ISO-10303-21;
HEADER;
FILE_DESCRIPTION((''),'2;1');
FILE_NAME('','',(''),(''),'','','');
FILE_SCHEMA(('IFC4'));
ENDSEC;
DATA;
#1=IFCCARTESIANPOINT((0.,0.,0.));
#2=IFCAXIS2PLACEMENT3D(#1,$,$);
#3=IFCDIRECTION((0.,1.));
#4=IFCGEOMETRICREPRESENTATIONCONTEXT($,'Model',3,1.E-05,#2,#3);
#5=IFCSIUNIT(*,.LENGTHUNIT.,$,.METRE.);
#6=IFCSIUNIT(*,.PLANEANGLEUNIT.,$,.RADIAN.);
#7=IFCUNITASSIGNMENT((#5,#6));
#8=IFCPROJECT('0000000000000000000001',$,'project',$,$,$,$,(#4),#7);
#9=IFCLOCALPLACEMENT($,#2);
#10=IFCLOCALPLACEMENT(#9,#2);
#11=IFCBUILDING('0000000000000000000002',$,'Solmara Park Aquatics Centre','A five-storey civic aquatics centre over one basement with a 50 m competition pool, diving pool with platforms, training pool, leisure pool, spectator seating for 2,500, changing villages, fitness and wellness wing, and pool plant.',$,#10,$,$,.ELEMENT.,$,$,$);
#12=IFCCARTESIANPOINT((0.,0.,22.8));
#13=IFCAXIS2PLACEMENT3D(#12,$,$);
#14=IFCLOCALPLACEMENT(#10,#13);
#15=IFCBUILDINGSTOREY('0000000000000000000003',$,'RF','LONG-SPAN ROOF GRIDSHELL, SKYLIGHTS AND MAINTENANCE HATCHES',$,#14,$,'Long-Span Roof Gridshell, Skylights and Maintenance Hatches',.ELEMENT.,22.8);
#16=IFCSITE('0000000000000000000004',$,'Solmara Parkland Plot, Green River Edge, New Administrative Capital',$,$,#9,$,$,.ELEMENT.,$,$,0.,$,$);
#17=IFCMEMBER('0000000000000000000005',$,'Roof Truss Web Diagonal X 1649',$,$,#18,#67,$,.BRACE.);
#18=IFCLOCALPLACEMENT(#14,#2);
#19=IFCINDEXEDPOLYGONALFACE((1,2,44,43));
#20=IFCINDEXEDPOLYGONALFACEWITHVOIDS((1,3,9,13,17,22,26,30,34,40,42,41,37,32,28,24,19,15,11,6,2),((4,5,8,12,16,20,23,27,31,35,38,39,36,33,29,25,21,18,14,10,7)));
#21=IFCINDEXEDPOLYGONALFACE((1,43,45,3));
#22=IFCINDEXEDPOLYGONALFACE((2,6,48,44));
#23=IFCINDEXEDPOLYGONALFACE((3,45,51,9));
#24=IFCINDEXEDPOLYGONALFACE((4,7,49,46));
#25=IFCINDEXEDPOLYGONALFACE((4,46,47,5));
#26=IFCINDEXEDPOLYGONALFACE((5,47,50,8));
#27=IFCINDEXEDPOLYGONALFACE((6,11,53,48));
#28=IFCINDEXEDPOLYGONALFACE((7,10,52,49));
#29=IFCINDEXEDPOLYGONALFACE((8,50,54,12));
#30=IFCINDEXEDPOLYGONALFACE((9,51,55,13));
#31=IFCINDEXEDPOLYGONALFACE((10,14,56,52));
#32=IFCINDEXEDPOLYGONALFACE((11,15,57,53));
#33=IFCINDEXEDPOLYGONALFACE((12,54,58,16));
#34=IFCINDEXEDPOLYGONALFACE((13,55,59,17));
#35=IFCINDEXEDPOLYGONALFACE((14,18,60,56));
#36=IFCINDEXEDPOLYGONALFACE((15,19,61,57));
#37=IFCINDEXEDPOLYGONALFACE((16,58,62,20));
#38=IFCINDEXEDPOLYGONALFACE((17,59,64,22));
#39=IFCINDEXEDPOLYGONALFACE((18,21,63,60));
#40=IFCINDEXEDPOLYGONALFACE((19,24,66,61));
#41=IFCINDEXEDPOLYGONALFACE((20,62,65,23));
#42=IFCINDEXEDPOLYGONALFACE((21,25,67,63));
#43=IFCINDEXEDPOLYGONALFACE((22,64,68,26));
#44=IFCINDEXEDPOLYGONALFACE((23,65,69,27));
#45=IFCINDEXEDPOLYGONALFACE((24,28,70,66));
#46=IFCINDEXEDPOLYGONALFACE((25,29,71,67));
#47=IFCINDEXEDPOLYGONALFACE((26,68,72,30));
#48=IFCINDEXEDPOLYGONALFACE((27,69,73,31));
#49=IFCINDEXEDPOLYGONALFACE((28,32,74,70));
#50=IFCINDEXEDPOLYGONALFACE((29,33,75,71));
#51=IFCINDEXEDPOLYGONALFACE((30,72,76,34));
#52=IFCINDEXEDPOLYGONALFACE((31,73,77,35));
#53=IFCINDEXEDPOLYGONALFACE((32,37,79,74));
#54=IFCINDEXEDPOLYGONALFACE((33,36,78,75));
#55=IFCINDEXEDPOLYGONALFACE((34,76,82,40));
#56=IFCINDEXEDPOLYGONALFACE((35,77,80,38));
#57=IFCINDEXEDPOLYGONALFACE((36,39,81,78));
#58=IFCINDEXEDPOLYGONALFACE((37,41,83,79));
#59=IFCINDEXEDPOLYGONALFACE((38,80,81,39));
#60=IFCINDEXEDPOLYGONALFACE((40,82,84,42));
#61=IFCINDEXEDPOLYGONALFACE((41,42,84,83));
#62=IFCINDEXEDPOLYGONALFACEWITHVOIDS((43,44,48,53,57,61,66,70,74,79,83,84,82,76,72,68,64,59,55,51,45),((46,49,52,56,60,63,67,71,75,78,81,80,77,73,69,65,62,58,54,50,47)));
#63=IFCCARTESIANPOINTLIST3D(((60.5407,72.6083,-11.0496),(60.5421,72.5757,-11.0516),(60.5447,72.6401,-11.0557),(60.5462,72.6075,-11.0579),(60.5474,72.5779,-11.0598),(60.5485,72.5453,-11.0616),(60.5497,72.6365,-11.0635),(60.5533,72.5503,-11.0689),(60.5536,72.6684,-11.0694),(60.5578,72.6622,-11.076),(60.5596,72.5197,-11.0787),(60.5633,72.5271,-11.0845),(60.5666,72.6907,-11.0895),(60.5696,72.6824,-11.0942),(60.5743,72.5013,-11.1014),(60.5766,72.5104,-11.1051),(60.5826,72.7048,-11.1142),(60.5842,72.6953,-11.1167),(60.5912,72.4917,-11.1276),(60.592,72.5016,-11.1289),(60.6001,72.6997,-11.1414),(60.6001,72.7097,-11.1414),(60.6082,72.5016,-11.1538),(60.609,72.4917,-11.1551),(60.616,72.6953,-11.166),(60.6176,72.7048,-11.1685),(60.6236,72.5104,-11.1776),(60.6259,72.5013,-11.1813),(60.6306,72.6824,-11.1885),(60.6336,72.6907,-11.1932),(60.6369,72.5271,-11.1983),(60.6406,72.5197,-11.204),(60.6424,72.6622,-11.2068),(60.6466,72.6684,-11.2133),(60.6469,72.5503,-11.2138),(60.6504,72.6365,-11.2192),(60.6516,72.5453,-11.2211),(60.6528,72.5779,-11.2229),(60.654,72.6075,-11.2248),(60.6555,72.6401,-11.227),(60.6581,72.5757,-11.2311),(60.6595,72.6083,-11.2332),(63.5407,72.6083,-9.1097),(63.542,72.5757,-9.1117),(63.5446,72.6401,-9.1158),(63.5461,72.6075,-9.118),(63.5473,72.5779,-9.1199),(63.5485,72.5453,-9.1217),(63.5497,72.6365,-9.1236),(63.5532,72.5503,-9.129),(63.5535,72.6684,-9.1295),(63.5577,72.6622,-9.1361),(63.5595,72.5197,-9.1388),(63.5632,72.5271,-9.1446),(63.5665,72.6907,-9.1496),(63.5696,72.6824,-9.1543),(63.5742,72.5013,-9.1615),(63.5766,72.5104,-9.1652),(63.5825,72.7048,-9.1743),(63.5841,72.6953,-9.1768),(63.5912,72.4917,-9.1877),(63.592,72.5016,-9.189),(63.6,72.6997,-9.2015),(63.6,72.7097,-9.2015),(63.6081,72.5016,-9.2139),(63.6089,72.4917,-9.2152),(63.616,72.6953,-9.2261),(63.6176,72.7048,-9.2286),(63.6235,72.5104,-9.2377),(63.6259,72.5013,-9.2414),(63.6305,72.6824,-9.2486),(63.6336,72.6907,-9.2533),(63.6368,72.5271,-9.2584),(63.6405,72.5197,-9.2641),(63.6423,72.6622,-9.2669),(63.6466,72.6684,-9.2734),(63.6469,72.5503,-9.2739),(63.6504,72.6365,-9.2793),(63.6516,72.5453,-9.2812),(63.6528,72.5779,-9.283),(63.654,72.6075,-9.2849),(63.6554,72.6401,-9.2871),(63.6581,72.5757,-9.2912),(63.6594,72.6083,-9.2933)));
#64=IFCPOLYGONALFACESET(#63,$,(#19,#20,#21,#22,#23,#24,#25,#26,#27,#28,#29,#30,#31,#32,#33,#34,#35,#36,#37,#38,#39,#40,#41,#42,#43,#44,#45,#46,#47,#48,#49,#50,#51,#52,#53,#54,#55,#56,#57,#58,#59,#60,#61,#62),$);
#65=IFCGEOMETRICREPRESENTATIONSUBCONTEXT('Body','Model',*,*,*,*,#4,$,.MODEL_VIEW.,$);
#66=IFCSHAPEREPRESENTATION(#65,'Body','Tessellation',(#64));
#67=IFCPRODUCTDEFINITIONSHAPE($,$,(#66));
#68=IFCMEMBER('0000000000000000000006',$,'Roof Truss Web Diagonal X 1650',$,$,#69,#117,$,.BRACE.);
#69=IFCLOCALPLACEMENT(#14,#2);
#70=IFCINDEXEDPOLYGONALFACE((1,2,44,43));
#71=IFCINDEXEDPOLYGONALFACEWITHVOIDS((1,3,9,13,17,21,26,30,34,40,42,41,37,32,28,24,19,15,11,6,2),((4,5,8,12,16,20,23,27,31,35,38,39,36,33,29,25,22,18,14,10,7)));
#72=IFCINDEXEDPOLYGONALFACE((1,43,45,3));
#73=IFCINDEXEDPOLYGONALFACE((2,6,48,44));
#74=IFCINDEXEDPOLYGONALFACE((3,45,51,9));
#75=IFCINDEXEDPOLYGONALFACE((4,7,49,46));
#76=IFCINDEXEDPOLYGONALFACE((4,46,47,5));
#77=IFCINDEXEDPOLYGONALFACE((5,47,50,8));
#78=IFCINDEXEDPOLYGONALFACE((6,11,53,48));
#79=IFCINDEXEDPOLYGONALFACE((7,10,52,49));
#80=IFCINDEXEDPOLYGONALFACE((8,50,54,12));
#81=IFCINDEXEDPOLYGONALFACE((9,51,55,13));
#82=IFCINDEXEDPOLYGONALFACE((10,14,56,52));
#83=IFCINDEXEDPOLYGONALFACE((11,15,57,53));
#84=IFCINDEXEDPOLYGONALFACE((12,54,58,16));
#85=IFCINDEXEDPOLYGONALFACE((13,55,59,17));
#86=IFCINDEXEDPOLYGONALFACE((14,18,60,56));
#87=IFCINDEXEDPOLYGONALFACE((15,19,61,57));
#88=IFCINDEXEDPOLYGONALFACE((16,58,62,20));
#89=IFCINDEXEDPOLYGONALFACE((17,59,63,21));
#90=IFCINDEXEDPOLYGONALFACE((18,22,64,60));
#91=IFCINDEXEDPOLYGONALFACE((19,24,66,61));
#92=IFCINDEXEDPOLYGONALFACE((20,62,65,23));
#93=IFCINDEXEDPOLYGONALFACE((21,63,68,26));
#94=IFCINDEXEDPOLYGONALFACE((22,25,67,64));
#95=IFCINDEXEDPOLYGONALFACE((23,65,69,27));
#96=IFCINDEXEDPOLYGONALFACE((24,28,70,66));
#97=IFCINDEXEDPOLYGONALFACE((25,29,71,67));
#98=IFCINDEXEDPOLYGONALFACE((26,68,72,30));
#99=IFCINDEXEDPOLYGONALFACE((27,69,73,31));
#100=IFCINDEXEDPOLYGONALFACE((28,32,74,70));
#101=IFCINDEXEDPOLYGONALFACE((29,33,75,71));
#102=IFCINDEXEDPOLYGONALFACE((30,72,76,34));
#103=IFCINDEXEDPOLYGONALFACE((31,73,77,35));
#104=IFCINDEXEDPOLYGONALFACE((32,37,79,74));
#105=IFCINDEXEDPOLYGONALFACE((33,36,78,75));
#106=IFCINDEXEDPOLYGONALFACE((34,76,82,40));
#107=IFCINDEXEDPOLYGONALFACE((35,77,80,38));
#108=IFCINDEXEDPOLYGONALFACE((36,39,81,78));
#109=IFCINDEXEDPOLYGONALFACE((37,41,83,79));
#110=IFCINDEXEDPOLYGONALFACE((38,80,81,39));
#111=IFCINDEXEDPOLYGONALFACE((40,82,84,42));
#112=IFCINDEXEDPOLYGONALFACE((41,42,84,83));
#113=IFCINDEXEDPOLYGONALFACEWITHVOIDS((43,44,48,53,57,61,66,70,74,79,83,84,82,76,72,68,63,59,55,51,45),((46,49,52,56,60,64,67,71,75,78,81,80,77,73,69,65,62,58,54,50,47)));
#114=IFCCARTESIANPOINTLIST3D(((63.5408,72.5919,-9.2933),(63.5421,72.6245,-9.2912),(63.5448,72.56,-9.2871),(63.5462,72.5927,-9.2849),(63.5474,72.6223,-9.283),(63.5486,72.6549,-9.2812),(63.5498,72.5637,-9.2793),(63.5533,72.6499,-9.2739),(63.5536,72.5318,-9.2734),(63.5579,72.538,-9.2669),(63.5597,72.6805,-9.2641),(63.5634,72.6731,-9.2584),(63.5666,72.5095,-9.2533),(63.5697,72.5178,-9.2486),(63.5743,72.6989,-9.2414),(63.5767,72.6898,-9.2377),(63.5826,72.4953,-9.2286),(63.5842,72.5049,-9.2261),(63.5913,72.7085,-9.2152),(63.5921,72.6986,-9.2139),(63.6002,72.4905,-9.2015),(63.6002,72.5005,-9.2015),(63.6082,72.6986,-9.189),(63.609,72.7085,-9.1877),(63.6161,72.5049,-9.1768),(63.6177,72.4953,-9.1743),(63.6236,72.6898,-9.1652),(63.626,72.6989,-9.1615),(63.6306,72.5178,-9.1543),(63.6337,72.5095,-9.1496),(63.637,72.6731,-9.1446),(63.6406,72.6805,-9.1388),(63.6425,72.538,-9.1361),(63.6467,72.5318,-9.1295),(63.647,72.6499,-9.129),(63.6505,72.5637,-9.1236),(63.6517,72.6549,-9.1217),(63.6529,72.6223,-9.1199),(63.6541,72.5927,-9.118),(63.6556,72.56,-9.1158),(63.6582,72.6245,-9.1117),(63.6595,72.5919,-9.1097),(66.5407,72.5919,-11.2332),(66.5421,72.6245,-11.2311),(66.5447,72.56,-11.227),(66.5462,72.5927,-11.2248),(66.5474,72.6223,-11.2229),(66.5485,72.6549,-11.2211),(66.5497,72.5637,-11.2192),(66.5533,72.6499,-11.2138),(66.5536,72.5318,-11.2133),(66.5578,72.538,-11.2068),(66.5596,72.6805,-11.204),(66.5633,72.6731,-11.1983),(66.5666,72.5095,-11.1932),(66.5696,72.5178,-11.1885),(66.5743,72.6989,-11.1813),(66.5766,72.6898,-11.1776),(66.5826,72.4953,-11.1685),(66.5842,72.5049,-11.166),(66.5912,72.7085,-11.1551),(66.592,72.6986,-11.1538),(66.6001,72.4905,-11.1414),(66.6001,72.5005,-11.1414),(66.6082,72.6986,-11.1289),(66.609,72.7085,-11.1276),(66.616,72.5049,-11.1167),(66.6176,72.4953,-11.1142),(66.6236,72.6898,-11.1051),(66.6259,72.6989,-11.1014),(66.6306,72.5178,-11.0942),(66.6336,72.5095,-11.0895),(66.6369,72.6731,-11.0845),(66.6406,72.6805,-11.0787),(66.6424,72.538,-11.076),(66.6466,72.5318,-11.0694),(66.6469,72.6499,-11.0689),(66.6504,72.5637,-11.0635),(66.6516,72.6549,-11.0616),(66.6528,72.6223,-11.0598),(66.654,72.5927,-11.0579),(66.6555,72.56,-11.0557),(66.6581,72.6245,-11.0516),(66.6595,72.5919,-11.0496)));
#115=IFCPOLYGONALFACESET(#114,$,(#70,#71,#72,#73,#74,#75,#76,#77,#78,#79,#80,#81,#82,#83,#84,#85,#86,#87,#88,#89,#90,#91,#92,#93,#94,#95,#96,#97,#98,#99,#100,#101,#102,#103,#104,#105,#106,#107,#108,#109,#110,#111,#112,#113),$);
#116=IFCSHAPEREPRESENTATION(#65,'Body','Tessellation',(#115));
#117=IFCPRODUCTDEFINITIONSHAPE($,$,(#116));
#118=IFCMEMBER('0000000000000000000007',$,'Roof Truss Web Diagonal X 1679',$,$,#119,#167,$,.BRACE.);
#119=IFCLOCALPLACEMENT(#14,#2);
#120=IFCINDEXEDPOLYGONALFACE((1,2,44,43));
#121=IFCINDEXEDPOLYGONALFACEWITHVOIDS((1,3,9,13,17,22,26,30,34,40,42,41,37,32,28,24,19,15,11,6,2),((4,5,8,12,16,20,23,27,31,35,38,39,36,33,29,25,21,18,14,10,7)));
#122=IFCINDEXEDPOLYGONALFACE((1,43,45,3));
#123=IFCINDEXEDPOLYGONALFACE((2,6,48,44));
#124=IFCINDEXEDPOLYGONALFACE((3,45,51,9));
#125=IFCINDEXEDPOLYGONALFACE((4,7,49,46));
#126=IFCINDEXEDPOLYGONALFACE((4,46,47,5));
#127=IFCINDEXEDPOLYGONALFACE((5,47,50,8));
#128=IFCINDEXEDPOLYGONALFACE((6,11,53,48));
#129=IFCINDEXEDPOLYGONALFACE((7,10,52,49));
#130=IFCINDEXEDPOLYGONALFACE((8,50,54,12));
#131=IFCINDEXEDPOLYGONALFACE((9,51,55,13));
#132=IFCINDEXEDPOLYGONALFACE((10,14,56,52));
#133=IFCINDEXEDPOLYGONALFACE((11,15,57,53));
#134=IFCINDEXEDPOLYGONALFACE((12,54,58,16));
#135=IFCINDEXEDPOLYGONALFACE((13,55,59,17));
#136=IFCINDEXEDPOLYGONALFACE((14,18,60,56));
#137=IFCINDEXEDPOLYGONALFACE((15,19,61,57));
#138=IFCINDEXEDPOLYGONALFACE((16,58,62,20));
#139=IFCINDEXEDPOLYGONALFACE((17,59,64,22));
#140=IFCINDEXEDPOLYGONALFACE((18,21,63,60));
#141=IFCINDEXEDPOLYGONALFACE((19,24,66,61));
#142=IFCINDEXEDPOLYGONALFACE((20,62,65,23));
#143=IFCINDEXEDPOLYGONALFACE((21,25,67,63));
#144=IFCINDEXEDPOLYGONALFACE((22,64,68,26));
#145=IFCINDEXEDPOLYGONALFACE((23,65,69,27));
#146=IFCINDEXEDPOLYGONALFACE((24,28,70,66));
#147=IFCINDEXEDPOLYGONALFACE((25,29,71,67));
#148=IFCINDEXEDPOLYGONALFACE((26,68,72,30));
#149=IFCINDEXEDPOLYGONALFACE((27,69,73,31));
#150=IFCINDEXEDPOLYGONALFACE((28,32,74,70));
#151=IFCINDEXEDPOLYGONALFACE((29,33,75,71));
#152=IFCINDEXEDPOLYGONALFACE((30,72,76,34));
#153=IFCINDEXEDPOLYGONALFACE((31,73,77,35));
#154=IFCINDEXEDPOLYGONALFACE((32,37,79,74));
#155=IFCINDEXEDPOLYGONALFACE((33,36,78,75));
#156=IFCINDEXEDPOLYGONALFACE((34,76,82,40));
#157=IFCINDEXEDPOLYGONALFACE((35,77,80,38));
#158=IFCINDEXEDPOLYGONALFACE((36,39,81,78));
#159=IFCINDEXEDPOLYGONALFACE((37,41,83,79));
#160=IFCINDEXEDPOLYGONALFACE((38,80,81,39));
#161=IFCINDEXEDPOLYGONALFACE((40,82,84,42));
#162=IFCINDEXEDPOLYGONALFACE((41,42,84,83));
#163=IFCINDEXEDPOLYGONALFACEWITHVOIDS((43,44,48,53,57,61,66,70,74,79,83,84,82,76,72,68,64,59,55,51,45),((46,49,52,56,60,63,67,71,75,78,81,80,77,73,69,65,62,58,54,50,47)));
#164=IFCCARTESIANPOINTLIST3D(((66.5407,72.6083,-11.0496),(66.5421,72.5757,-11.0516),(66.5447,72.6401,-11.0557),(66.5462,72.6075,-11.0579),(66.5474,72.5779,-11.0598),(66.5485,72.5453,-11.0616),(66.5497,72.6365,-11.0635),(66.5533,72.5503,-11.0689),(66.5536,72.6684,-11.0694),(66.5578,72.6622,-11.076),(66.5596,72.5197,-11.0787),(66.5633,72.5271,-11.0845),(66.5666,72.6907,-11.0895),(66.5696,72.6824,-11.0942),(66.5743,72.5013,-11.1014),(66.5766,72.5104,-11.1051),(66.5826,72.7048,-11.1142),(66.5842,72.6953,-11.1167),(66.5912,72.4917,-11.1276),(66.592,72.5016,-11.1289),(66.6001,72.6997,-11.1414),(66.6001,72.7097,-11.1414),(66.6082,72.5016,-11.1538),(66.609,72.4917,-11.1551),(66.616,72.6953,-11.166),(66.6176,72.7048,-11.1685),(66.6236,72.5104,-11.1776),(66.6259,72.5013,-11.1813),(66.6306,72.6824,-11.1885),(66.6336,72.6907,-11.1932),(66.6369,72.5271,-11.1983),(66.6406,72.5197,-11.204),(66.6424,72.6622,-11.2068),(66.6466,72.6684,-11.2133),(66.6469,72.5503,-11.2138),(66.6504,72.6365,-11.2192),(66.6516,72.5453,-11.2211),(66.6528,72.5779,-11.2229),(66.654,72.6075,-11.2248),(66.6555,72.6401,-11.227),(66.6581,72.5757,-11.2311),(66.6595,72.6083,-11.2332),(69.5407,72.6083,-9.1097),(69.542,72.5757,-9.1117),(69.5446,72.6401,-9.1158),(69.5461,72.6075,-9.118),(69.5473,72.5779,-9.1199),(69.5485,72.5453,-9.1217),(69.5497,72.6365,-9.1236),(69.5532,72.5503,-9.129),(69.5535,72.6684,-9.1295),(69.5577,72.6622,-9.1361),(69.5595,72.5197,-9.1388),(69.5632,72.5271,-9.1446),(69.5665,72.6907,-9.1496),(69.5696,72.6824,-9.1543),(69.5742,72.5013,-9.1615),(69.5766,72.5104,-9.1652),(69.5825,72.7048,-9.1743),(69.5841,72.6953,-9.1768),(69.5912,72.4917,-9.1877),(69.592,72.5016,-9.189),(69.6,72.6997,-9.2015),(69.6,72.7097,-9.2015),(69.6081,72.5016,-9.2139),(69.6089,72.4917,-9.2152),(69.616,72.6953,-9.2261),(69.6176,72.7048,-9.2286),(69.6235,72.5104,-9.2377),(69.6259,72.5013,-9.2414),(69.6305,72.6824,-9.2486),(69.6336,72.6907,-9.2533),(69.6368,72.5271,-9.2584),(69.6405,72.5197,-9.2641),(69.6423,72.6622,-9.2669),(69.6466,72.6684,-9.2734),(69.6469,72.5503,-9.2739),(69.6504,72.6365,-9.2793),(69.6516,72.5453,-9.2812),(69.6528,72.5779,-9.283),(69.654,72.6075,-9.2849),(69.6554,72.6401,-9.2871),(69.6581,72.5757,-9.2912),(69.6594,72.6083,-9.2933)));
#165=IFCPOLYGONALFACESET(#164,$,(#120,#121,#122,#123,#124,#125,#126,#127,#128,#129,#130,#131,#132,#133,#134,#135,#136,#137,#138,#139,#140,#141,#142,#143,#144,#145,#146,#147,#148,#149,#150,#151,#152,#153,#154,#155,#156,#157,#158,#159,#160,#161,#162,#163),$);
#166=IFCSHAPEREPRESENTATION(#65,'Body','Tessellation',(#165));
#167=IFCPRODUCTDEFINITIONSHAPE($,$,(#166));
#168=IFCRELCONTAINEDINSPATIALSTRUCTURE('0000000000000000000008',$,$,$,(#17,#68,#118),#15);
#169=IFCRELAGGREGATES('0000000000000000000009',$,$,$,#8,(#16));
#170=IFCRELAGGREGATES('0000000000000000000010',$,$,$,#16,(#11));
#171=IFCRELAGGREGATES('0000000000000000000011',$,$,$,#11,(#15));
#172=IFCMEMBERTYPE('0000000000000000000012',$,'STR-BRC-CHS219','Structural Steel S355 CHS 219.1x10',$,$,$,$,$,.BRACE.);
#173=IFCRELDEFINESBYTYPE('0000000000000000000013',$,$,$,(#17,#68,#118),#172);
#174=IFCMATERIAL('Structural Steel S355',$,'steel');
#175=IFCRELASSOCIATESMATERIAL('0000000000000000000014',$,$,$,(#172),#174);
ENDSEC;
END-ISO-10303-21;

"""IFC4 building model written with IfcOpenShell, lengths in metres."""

from ifc_helpers import new_model, si_unit, direction, frame, origin, origin_2d, place, context, subcontext, project, spatial, hollow_circle, extrude, material, material_profile, profile_set, type_object, element, save


model = new_model("IFC4")

# Units and contexts
model_context = context("Model", 3, precision=1e-05, world=origin(), true_north=direction((0.0, 1.0)))
body_context = subcontext(model_context, "Body", "Model", "MODEL_VIEW")
ifc_project = project(units=[si_unit("LENGTHUNIT", "METRE"), si_unit("PLANEANGLEUNIT", "RADIAN")], contexts=[model_context])

# Site, building, storey
site_placement = place(None, origin())
site = spatial("IfcSite", under=ifc_project, at=site_placement, Name="Solmara Parkland Plot, Green River Edge, New Administrative Capital", CompositionType="ELEMENT", RefElevation=0.0)
building_placement = place(site_placement, origin())
building = spatial("IfcBuilding", under=site, at=building_placement, Name="Solmara Park Aquatics Centre", Description="A five-storey civic aquatics centre over one basement with a 50 m competition pool, diving pool with platforms, training pool, leisure pool, spectator seating for 2,500, changing villages, fitness and wellness wing, and pool plant.", CompositionType="ELEMENT")
storey_placement = place(building_placement, frame((0.0, 0.0, 22.8)))
storey = spatial("IfcBuildingStorey", under=building, at=storey_placement, Name="RF", Description="LONG-SPAN ROOF GRIDSHELL, SKYLIGHTS AND MAINTENANCE HATCHES", LongName="Long-Span Roof Gridshell, Skylights and Maintenance Hatches", CompositionType="ELEMENT", Elevation=22.8)

# Members
ifc_material_1 = material(Name="Structural Steel S355", Category="steel")
ifc_material_profile_1 = material_profile(ifc_material_1, hollow_circle(Radius=0.1096, WallThickness=0.01, at=origin_2d()), Name="CHS 219.1x10")
ifc_profile_set_1 = profile_set([ifc_material_profile_1], Name="Structural Steel S355")
member_type_1 = type_object("IfcMemberType", Name="STR-BRC-CHS219", Description="Structural Steel S355 CHS 219.1x10", PredefinedType="BRACE", material=ifc_profile_set_1)
for number, where, z_axis, x_axis, name in (
    (1, (60.6001, 72.6001, -11.1414), (0.839728, 0.0, 0.543008), (0.0, 1.0, 0.0), "Roof Truss Web Diagonal X 1649"),
    (2, (66.6001, 72.6001, -11.1414), (-0.839728, 0.0, 0.543008), (0.0, -1.0, 0.0), "Roof Truss Web Diagonal X 1650"),
    (3, (66.6001, 72.6001, -11.1414), (0.839728, 0.0, 0.543008), (0.0, 1.0, 0.0), "Roof Truss Web Diagonal X 1679"),
):
    element("IfcMember", number, at=place(storey_placement, frame(where, z_axis=z_axis, x_axis=x_axis)), inside=storey, type_object=member_type_1, Name=name, PredefinedType="BRACE", context=body_context, shape_type="SweptSolid", body=[
        extrude(hollow_circle(Radius=0.1096, WallThickness=0.01, at=origin_2d()), origin(), (0.0, 0.0, 1.0), 3.5725),
    ])

save(model, "model.ifc")
